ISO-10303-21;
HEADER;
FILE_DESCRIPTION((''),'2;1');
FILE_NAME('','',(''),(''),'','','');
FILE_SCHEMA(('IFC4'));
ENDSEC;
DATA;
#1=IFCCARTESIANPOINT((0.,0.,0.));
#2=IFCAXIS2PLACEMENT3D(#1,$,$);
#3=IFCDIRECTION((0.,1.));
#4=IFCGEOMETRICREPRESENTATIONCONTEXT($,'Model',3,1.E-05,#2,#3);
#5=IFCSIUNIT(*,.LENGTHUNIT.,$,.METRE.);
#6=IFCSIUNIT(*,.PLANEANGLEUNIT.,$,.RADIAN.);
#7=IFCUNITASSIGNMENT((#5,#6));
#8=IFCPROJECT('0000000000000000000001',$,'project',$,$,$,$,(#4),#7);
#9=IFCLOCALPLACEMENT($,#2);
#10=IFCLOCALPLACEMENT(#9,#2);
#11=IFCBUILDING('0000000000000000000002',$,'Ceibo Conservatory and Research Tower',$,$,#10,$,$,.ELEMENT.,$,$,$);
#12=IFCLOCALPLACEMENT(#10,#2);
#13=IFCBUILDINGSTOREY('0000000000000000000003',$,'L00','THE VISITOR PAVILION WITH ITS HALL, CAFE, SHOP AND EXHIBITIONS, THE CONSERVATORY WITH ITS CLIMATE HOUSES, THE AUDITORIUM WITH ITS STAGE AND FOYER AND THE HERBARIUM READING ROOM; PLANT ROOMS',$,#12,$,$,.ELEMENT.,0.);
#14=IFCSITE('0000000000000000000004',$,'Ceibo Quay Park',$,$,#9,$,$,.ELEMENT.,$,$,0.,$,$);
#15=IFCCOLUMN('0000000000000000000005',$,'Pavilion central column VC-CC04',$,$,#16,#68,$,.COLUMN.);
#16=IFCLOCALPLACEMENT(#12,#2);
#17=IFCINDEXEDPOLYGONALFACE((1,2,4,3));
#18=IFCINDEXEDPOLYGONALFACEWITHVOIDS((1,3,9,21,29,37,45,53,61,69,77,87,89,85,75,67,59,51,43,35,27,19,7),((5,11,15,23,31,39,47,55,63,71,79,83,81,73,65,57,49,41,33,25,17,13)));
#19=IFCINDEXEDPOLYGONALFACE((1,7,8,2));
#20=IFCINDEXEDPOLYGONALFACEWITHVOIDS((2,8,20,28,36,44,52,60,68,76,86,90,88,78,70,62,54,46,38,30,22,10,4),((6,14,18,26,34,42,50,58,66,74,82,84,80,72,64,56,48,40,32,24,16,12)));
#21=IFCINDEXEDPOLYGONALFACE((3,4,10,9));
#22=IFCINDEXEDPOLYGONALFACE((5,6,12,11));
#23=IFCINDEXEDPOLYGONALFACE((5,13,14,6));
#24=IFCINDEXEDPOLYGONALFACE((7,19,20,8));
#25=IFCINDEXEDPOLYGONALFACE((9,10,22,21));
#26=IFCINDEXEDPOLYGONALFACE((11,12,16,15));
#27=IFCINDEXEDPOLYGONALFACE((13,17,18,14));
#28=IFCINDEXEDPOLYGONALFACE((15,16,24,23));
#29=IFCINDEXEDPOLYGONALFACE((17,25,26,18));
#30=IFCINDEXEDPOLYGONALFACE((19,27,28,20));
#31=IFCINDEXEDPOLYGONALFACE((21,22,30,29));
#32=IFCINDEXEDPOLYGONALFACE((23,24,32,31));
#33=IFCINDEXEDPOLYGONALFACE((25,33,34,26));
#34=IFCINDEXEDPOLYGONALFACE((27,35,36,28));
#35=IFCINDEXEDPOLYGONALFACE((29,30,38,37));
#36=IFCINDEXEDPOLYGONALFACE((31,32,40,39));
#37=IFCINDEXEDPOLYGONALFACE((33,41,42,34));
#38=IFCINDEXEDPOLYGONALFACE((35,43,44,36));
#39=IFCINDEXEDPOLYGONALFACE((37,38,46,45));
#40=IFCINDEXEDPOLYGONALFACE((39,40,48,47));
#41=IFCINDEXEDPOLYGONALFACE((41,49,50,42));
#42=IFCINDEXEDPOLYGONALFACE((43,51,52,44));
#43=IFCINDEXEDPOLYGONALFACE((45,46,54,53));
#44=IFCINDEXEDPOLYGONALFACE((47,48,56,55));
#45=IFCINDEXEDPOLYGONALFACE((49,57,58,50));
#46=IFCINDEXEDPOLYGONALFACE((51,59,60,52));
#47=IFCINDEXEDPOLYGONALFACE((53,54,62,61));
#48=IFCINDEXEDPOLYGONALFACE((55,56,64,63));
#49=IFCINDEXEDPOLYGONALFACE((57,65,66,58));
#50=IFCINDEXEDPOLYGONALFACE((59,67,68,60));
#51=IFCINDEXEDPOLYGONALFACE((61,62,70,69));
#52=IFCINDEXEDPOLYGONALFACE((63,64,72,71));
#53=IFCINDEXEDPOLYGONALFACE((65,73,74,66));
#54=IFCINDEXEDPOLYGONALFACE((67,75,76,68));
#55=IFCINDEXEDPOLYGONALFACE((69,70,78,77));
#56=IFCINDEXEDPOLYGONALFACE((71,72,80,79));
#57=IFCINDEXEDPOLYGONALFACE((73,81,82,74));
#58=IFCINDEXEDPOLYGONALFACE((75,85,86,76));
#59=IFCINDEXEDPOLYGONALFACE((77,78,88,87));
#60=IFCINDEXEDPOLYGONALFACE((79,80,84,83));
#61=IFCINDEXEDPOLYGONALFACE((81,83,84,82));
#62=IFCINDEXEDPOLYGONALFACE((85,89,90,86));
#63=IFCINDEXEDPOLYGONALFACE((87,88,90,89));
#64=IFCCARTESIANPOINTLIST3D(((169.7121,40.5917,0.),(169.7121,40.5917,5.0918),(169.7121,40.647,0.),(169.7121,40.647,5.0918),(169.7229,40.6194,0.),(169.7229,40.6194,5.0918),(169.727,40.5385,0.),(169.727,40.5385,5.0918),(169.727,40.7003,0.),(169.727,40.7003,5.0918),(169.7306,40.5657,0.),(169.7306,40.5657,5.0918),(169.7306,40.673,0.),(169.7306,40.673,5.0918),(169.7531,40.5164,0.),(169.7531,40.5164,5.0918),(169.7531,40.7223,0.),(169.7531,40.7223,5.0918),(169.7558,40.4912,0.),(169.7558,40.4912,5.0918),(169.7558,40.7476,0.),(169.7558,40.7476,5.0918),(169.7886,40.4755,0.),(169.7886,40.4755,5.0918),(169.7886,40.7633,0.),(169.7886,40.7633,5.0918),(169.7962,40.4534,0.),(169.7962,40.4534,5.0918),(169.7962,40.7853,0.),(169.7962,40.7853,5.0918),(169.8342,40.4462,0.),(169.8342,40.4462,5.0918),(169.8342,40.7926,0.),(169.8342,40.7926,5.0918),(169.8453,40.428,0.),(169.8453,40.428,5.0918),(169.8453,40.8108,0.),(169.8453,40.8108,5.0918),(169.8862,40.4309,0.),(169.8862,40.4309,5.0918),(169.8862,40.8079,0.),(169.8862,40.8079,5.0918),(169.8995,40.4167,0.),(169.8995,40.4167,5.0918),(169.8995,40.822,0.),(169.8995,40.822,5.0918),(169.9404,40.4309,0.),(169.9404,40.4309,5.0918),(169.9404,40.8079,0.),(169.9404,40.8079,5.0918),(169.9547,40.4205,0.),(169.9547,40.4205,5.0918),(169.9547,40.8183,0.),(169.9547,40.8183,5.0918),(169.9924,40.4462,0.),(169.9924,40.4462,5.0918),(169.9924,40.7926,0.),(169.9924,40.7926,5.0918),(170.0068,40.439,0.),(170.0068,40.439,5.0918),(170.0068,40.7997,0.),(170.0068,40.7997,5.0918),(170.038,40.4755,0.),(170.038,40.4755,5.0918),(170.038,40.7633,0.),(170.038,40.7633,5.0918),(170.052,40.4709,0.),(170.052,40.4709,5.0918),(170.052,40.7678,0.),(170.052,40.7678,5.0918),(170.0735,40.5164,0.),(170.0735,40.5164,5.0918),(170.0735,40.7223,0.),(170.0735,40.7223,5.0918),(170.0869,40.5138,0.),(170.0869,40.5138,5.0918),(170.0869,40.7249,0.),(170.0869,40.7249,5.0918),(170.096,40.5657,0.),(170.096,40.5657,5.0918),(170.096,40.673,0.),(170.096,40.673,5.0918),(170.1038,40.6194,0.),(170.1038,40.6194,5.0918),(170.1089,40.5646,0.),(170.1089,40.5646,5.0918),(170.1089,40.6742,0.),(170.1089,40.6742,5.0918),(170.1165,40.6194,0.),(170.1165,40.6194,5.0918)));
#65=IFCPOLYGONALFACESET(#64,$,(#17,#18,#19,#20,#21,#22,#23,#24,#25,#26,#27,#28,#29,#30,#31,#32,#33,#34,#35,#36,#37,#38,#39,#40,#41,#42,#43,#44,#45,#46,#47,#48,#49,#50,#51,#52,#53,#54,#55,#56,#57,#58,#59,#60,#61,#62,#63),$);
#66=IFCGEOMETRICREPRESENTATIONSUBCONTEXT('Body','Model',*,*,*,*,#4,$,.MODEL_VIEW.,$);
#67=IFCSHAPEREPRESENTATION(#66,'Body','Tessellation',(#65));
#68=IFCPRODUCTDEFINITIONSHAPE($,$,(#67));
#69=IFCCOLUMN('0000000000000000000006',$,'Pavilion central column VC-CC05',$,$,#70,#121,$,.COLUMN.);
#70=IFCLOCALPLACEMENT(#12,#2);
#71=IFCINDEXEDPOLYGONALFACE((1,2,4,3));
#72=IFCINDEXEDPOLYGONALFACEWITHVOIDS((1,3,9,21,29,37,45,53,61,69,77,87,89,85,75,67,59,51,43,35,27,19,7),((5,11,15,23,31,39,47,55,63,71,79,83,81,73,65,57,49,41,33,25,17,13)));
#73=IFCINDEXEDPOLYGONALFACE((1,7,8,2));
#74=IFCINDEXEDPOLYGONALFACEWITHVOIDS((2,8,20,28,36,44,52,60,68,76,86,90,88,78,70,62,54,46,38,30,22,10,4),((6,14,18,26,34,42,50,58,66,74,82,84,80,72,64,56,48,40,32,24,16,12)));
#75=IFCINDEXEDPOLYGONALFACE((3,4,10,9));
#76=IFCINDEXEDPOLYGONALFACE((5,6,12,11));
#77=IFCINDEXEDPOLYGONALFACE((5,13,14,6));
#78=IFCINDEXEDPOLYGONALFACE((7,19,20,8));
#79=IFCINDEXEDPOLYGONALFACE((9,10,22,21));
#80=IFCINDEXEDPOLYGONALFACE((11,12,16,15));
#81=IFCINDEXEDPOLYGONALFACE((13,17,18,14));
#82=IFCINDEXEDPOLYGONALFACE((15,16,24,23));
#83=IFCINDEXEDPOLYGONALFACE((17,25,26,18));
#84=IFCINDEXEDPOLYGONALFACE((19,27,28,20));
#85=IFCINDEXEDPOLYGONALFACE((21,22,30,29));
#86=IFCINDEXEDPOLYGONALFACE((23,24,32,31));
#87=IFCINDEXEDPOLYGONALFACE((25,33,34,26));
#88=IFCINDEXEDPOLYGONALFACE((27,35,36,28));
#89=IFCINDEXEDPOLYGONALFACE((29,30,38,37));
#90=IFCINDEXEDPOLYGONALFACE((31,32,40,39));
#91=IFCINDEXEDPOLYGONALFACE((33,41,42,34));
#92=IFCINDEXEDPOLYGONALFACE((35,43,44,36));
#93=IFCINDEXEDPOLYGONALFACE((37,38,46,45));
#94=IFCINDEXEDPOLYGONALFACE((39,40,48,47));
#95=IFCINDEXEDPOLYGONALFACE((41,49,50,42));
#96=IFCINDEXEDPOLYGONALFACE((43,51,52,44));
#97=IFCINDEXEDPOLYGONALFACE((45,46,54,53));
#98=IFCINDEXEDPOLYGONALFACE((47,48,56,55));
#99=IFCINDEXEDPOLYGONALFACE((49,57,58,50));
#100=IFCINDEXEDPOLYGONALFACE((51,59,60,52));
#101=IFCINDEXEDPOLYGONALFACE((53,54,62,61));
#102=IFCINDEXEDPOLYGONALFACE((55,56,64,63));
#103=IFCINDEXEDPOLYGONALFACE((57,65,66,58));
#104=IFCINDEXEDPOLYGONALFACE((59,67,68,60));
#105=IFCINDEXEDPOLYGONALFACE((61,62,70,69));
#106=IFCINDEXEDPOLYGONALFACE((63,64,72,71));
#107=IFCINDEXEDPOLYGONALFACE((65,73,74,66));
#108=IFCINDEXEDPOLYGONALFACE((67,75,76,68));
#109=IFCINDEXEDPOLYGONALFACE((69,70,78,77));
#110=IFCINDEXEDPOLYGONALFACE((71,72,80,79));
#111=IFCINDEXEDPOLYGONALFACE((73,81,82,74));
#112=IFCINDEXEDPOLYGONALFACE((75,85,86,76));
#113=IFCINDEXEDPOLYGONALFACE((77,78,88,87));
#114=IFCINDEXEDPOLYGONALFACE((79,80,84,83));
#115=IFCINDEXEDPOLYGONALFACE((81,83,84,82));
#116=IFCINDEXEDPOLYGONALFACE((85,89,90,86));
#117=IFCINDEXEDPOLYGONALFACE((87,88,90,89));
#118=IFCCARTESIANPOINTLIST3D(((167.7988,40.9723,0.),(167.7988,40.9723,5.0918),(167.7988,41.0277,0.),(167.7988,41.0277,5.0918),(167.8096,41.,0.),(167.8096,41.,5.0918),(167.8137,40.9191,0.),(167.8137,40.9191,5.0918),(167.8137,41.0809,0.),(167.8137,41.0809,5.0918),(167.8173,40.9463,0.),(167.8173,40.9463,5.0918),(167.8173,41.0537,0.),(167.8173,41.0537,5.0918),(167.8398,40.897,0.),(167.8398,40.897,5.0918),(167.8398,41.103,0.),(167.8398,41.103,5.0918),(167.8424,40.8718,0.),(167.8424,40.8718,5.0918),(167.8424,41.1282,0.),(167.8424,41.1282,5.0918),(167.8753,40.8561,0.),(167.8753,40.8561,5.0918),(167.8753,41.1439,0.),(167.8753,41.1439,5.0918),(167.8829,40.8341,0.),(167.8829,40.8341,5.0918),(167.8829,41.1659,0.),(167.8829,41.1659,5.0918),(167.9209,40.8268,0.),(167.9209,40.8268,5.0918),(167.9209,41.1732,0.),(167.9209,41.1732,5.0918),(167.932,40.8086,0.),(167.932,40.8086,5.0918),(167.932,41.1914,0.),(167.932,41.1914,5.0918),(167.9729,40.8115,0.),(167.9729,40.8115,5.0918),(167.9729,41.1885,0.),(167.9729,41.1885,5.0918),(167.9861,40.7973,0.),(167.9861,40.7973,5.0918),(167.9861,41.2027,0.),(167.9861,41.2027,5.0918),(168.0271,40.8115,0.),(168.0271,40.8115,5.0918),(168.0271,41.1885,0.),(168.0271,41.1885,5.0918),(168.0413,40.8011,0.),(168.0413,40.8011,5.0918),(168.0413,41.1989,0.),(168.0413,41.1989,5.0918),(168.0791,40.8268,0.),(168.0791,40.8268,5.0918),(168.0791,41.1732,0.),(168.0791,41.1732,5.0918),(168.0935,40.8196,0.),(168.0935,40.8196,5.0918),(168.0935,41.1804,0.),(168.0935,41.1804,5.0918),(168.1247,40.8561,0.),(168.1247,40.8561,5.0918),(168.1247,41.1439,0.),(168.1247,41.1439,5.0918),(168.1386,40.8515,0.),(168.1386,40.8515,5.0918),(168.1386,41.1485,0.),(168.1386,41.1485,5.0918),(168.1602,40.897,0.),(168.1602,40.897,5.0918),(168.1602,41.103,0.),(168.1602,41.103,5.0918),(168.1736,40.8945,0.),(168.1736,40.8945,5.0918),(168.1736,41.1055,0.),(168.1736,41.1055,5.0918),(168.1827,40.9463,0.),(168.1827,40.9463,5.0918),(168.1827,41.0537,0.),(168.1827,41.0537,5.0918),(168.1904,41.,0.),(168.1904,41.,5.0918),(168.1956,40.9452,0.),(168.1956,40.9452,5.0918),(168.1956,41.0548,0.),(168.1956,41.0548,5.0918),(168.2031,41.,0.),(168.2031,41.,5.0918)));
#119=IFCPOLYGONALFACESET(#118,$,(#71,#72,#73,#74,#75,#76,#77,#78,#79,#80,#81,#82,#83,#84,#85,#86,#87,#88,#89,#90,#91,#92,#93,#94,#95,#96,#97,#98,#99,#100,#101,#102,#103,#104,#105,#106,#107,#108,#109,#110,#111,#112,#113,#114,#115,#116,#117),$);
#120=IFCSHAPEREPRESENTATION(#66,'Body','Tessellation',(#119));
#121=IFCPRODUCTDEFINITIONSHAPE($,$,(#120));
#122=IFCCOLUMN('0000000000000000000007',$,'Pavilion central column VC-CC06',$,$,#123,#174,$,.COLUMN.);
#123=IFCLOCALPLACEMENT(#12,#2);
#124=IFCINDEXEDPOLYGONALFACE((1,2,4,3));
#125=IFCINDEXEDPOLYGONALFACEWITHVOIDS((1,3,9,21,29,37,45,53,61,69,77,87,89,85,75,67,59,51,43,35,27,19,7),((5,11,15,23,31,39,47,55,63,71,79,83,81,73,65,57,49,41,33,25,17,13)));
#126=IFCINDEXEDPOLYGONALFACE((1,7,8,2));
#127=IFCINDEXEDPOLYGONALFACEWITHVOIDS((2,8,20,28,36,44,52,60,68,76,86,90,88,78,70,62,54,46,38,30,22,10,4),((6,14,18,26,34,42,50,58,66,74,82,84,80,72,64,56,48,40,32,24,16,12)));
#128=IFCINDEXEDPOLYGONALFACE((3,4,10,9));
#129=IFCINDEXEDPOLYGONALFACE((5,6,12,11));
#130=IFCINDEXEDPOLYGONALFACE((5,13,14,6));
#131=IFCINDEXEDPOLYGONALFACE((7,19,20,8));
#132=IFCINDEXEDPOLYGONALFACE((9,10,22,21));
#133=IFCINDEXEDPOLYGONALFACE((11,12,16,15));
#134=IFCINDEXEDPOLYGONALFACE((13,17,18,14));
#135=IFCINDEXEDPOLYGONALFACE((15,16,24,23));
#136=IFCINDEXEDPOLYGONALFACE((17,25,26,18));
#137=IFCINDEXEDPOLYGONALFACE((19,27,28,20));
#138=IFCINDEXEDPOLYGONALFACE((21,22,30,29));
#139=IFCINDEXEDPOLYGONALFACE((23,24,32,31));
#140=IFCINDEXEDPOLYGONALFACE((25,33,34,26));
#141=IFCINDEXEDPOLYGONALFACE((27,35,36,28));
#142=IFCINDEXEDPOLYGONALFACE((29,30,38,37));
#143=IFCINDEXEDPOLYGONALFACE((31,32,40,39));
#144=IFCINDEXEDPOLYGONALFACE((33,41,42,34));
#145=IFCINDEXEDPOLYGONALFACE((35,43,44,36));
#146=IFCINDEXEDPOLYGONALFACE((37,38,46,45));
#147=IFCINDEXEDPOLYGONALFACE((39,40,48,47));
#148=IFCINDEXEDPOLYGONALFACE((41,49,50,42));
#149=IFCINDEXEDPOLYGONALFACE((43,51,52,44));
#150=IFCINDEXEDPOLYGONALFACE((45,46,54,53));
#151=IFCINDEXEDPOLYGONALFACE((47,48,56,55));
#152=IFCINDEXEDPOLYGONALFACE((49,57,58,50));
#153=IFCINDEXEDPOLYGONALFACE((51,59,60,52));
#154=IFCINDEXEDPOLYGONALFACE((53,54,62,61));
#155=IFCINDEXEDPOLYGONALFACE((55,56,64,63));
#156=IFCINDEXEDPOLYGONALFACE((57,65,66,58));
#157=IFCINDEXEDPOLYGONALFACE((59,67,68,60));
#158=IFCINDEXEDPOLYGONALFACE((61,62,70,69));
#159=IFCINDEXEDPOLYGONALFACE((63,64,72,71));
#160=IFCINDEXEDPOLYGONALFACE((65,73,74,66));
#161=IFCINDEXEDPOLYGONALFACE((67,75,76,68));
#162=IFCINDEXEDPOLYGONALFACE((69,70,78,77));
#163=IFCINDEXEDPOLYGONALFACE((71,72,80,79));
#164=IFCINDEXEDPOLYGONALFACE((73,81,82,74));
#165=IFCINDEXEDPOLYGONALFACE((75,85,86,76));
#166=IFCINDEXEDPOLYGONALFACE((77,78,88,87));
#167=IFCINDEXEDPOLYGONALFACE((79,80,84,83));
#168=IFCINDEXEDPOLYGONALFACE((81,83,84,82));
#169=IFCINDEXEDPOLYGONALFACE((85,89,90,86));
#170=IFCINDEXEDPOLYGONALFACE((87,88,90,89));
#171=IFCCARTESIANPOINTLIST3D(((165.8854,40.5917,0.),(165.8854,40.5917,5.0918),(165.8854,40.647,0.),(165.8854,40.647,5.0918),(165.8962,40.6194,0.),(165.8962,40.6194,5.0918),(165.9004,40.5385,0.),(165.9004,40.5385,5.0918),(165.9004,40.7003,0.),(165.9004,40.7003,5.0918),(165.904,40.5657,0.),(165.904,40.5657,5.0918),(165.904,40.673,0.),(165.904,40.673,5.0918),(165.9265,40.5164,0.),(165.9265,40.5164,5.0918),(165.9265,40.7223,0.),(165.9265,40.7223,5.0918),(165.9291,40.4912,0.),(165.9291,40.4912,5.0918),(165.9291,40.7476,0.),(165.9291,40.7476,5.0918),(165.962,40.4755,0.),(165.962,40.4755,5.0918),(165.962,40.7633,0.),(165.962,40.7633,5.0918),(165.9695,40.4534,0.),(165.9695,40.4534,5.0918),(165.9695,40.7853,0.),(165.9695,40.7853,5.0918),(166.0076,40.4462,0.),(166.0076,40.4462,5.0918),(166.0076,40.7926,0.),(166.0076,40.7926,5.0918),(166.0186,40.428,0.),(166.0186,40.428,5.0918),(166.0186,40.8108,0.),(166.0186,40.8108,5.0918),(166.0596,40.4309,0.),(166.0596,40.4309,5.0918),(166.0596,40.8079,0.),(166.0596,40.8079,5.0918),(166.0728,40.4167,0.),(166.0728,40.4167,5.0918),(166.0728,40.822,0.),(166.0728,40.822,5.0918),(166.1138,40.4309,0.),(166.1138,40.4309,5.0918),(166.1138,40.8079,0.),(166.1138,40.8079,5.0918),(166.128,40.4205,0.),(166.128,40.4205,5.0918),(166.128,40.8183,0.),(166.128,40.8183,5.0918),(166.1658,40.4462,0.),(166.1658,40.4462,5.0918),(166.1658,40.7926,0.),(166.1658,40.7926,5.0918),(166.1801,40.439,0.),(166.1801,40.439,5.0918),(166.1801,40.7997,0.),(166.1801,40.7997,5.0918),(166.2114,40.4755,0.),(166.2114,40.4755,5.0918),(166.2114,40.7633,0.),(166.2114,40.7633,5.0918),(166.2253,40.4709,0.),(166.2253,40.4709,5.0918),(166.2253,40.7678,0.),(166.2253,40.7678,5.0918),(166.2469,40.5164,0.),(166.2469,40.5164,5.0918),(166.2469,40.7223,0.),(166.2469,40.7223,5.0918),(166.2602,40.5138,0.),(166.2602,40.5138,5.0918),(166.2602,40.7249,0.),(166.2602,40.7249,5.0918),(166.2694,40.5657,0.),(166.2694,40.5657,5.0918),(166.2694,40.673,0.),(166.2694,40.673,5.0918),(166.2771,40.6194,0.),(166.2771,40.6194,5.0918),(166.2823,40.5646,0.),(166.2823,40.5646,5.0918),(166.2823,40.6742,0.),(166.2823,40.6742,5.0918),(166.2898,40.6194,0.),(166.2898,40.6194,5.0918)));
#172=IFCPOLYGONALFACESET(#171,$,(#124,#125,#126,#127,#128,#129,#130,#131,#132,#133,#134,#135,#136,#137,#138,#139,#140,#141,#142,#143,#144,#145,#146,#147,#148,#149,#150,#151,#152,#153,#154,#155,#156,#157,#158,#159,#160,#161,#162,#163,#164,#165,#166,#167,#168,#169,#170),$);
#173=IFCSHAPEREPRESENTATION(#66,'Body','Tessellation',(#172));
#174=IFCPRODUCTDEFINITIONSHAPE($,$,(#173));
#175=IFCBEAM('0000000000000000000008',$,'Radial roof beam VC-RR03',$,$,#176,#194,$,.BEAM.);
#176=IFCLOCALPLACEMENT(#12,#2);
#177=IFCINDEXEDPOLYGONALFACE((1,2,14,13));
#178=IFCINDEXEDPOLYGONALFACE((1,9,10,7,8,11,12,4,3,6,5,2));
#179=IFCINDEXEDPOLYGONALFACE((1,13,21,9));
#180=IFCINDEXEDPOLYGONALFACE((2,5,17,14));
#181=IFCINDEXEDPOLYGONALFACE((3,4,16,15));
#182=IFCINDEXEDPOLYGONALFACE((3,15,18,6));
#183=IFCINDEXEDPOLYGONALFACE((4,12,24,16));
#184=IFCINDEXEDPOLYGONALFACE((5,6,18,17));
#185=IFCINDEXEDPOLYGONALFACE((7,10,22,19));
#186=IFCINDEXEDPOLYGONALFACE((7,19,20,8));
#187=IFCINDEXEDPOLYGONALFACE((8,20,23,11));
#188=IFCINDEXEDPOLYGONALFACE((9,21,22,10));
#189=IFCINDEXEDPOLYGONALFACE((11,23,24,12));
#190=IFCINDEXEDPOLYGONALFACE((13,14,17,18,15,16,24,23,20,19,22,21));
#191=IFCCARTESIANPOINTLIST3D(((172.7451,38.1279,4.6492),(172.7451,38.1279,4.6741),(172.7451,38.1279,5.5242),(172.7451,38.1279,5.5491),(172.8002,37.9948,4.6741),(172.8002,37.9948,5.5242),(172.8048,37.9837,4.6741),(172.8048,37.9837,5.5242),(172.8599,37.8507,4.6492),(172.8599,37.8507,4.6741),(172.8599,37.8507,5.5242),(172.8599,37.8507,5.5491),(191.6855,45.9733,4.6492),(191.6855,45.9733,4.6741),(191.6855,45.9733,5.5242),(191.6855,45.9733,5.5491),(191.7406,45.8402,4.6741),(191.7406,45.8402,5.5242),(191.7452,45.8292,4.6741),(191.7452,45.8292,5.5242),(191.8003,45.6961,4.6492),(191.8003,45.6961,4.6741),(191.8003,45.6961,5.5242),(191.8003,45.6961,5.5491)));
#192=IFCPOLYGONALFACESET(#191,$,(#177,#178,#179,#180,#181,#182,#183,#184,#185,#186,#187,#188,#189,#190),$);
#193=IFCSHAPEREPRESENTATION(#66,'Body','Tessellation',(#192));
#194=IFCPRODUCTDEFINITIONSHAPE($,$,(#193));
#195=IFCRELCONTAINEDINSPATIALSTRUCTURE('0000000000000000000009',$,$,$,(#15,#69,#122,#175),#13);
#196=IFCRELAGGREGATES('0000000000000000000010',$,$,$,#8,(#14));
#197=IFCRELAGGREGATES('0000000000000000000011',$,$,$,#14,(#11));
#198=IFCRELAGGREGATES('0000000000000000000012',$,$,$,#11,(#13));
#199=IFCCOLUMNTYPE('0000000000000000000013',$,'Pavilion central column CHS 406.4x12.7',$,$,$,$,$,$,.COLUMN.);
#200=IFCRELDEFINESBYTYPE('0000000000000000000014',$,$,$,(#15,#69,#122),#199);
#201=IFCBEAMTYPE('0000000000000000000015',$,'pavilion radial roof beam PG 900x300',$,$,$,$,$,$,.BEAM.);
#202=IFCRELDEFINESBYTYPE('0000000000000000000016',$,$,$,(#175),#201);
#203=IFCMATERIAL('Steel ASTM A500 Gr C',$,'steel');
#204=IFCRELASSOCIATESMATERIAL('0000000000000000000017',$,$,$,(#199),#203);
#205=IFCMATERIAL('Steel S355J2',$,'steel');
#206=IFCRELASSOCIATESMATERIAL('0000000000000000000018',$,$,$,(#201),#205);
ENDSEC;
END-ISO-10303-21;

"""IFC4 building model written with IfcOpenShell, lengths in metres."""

from ifc_helpers import new_model, si_unit, direction, frame, origin, origin_2d, place, context, subcontext, project, spatial, hollow_circle, i_section, extrude, material, material_profile, profile_set, type_object, element, save


model = new_model("IFC4")

# Units and contexts
model_context = context("Model", 3, precision=1e-05, world=origin(), true_north=direction((0.0, 1.0)))
body_context = subcontext(model_context, "Body", "Model", "MODEL_VIEW")
ifc_project = project(units=[si_unit("LENGTHUNIT", "METRE"), si_unit("PLANEANGLEUNIT", "RADIAN")], contexts=[model_context])

# Site, building, storey
site_placement = place(None, origin())
site = spatial("IfcSite", under=ifc_project, at=site_placement, Name="Ceibo Quay Park", CompositionType="ELEMENT", RefElevation=0.0)
building_placement = place(site_placement, origin())
building = spatial("IfcBuilding", under=site, at=building_placement, Name="Ceibo Conservatory and Research Tower", CompositionType="ELEMENT")
storey_placement = place(building_placement, origin())
storey = spatial("IfcBuildingStorey", under=building, at=storey_placement, Name="L00", Description="THE VISITOR PAVILION WITH ITS HALL, CAFE, SHOP AND EXHIBITIONS, THE CONSERVATORY WITH ITS CLIMATE HOUSES, THE AUDITORIUM WITH ITS STAGE AND FOYER AND THE HERBARIUM READING ROOM; PLANT ROOMS", CompositionType="ELEMENT", Elevation=0.0)

# Columns
ifc_material_1 = material(Name="Steel ASTM A500 Gr C", Category="steel")
ifc_material_profile_1 = material_profile(ifc_material_1, hollow_circle(Radius=0.2031, WallThickness=0.0127, at=origin_2d()), Name="Pavilion central column CHS 406.4x12.7")
ifc_profile_set_1 = profile_set([ifc_material_profile_1], Name="Steel ASTM A500 Gr C")
column_type = type_object("IfcColumnType", Name="Pavilion central column CHS 406.4x12.7", PredefinedType="COLUMN", material=ifc_profile_set_1)
for number, where, z_axis, x_axis, name in (
    (1, (169.9133, 40.6194, 0.0), (0.0, 0.0, 1.0), (1.0, 0.0, 0.0), "Pavilion central column VC-CC04"),
    (2, (168.0, 41.0, 0.0), (0.0, 0.0, 1.0), (1.0, 0.0, 0.0), "Pavilion central column VC-CC05"),
    (3, (166.0867, 40.6194, 0.0), (0.0, 0.0, 1.0), (1.0, 0.0, 0.0), "Pavilion central column VC-CC06"),
):
    element("IfcColumn", number, at=place(storey_placement, frame(where, z_axis=z_axis, x_axis=x_axis)), inside=storey, type_object=column_type, Name=name, PredefinedType="COLUMN", context=body_context, shape_type="SweptSolid", body=[
        extrude(hollow_circle(Radius=0.2031, WallThickness=0.0127, at=origin_2d()), origin(), (0.0, 0.0, 1.0), 5.0918),
    ])

# Beam
ifc_material_2 = material(Name="Steel S355J2", Category="steel")
ifc_material_profile_2 = material_profile(ifc_material_2, i_section(OverallWidth=0.3, OverallDepth=0.8999, WebThickness=0.012, FlangeThickness=0.0249, at=origin_2d()), Name="PG 900x300")
ifc_profile_set_2 = profile_set([ifc_material_profile_2], Name="Steel S355J2")
beam_type = type_object("IfcBeamType", Name="pavilion radial roof beam PG 900x300", PredefinedType="BEAM", material=ifc_profile_set_2)
beam_1_placement = place(storey_placement, frame((172.8025, 37.9893, 5.0991), z_axis=(0.923878, 0.382687, 0.0), x_axis=(-0.382687, 0.923878, 0.0)))
element("IfcBeam", 4, at=beam_1_placement, inside=storey, type_object=beam_type, Name="Radial roof beam VC-RR03", PredefinedType="BEAM", context=body_context, shape_type="SweptSolid", body=[
    extrude(i_section(OverallWidth=0.3, OverallDepth=0.8999, WebThickness=0.012, FlangeThickness=0.0249, at=origin_2d()), origin(), (0.0, 0.0, 1.0), 20.501),
])

save(model, "model.ifc")
